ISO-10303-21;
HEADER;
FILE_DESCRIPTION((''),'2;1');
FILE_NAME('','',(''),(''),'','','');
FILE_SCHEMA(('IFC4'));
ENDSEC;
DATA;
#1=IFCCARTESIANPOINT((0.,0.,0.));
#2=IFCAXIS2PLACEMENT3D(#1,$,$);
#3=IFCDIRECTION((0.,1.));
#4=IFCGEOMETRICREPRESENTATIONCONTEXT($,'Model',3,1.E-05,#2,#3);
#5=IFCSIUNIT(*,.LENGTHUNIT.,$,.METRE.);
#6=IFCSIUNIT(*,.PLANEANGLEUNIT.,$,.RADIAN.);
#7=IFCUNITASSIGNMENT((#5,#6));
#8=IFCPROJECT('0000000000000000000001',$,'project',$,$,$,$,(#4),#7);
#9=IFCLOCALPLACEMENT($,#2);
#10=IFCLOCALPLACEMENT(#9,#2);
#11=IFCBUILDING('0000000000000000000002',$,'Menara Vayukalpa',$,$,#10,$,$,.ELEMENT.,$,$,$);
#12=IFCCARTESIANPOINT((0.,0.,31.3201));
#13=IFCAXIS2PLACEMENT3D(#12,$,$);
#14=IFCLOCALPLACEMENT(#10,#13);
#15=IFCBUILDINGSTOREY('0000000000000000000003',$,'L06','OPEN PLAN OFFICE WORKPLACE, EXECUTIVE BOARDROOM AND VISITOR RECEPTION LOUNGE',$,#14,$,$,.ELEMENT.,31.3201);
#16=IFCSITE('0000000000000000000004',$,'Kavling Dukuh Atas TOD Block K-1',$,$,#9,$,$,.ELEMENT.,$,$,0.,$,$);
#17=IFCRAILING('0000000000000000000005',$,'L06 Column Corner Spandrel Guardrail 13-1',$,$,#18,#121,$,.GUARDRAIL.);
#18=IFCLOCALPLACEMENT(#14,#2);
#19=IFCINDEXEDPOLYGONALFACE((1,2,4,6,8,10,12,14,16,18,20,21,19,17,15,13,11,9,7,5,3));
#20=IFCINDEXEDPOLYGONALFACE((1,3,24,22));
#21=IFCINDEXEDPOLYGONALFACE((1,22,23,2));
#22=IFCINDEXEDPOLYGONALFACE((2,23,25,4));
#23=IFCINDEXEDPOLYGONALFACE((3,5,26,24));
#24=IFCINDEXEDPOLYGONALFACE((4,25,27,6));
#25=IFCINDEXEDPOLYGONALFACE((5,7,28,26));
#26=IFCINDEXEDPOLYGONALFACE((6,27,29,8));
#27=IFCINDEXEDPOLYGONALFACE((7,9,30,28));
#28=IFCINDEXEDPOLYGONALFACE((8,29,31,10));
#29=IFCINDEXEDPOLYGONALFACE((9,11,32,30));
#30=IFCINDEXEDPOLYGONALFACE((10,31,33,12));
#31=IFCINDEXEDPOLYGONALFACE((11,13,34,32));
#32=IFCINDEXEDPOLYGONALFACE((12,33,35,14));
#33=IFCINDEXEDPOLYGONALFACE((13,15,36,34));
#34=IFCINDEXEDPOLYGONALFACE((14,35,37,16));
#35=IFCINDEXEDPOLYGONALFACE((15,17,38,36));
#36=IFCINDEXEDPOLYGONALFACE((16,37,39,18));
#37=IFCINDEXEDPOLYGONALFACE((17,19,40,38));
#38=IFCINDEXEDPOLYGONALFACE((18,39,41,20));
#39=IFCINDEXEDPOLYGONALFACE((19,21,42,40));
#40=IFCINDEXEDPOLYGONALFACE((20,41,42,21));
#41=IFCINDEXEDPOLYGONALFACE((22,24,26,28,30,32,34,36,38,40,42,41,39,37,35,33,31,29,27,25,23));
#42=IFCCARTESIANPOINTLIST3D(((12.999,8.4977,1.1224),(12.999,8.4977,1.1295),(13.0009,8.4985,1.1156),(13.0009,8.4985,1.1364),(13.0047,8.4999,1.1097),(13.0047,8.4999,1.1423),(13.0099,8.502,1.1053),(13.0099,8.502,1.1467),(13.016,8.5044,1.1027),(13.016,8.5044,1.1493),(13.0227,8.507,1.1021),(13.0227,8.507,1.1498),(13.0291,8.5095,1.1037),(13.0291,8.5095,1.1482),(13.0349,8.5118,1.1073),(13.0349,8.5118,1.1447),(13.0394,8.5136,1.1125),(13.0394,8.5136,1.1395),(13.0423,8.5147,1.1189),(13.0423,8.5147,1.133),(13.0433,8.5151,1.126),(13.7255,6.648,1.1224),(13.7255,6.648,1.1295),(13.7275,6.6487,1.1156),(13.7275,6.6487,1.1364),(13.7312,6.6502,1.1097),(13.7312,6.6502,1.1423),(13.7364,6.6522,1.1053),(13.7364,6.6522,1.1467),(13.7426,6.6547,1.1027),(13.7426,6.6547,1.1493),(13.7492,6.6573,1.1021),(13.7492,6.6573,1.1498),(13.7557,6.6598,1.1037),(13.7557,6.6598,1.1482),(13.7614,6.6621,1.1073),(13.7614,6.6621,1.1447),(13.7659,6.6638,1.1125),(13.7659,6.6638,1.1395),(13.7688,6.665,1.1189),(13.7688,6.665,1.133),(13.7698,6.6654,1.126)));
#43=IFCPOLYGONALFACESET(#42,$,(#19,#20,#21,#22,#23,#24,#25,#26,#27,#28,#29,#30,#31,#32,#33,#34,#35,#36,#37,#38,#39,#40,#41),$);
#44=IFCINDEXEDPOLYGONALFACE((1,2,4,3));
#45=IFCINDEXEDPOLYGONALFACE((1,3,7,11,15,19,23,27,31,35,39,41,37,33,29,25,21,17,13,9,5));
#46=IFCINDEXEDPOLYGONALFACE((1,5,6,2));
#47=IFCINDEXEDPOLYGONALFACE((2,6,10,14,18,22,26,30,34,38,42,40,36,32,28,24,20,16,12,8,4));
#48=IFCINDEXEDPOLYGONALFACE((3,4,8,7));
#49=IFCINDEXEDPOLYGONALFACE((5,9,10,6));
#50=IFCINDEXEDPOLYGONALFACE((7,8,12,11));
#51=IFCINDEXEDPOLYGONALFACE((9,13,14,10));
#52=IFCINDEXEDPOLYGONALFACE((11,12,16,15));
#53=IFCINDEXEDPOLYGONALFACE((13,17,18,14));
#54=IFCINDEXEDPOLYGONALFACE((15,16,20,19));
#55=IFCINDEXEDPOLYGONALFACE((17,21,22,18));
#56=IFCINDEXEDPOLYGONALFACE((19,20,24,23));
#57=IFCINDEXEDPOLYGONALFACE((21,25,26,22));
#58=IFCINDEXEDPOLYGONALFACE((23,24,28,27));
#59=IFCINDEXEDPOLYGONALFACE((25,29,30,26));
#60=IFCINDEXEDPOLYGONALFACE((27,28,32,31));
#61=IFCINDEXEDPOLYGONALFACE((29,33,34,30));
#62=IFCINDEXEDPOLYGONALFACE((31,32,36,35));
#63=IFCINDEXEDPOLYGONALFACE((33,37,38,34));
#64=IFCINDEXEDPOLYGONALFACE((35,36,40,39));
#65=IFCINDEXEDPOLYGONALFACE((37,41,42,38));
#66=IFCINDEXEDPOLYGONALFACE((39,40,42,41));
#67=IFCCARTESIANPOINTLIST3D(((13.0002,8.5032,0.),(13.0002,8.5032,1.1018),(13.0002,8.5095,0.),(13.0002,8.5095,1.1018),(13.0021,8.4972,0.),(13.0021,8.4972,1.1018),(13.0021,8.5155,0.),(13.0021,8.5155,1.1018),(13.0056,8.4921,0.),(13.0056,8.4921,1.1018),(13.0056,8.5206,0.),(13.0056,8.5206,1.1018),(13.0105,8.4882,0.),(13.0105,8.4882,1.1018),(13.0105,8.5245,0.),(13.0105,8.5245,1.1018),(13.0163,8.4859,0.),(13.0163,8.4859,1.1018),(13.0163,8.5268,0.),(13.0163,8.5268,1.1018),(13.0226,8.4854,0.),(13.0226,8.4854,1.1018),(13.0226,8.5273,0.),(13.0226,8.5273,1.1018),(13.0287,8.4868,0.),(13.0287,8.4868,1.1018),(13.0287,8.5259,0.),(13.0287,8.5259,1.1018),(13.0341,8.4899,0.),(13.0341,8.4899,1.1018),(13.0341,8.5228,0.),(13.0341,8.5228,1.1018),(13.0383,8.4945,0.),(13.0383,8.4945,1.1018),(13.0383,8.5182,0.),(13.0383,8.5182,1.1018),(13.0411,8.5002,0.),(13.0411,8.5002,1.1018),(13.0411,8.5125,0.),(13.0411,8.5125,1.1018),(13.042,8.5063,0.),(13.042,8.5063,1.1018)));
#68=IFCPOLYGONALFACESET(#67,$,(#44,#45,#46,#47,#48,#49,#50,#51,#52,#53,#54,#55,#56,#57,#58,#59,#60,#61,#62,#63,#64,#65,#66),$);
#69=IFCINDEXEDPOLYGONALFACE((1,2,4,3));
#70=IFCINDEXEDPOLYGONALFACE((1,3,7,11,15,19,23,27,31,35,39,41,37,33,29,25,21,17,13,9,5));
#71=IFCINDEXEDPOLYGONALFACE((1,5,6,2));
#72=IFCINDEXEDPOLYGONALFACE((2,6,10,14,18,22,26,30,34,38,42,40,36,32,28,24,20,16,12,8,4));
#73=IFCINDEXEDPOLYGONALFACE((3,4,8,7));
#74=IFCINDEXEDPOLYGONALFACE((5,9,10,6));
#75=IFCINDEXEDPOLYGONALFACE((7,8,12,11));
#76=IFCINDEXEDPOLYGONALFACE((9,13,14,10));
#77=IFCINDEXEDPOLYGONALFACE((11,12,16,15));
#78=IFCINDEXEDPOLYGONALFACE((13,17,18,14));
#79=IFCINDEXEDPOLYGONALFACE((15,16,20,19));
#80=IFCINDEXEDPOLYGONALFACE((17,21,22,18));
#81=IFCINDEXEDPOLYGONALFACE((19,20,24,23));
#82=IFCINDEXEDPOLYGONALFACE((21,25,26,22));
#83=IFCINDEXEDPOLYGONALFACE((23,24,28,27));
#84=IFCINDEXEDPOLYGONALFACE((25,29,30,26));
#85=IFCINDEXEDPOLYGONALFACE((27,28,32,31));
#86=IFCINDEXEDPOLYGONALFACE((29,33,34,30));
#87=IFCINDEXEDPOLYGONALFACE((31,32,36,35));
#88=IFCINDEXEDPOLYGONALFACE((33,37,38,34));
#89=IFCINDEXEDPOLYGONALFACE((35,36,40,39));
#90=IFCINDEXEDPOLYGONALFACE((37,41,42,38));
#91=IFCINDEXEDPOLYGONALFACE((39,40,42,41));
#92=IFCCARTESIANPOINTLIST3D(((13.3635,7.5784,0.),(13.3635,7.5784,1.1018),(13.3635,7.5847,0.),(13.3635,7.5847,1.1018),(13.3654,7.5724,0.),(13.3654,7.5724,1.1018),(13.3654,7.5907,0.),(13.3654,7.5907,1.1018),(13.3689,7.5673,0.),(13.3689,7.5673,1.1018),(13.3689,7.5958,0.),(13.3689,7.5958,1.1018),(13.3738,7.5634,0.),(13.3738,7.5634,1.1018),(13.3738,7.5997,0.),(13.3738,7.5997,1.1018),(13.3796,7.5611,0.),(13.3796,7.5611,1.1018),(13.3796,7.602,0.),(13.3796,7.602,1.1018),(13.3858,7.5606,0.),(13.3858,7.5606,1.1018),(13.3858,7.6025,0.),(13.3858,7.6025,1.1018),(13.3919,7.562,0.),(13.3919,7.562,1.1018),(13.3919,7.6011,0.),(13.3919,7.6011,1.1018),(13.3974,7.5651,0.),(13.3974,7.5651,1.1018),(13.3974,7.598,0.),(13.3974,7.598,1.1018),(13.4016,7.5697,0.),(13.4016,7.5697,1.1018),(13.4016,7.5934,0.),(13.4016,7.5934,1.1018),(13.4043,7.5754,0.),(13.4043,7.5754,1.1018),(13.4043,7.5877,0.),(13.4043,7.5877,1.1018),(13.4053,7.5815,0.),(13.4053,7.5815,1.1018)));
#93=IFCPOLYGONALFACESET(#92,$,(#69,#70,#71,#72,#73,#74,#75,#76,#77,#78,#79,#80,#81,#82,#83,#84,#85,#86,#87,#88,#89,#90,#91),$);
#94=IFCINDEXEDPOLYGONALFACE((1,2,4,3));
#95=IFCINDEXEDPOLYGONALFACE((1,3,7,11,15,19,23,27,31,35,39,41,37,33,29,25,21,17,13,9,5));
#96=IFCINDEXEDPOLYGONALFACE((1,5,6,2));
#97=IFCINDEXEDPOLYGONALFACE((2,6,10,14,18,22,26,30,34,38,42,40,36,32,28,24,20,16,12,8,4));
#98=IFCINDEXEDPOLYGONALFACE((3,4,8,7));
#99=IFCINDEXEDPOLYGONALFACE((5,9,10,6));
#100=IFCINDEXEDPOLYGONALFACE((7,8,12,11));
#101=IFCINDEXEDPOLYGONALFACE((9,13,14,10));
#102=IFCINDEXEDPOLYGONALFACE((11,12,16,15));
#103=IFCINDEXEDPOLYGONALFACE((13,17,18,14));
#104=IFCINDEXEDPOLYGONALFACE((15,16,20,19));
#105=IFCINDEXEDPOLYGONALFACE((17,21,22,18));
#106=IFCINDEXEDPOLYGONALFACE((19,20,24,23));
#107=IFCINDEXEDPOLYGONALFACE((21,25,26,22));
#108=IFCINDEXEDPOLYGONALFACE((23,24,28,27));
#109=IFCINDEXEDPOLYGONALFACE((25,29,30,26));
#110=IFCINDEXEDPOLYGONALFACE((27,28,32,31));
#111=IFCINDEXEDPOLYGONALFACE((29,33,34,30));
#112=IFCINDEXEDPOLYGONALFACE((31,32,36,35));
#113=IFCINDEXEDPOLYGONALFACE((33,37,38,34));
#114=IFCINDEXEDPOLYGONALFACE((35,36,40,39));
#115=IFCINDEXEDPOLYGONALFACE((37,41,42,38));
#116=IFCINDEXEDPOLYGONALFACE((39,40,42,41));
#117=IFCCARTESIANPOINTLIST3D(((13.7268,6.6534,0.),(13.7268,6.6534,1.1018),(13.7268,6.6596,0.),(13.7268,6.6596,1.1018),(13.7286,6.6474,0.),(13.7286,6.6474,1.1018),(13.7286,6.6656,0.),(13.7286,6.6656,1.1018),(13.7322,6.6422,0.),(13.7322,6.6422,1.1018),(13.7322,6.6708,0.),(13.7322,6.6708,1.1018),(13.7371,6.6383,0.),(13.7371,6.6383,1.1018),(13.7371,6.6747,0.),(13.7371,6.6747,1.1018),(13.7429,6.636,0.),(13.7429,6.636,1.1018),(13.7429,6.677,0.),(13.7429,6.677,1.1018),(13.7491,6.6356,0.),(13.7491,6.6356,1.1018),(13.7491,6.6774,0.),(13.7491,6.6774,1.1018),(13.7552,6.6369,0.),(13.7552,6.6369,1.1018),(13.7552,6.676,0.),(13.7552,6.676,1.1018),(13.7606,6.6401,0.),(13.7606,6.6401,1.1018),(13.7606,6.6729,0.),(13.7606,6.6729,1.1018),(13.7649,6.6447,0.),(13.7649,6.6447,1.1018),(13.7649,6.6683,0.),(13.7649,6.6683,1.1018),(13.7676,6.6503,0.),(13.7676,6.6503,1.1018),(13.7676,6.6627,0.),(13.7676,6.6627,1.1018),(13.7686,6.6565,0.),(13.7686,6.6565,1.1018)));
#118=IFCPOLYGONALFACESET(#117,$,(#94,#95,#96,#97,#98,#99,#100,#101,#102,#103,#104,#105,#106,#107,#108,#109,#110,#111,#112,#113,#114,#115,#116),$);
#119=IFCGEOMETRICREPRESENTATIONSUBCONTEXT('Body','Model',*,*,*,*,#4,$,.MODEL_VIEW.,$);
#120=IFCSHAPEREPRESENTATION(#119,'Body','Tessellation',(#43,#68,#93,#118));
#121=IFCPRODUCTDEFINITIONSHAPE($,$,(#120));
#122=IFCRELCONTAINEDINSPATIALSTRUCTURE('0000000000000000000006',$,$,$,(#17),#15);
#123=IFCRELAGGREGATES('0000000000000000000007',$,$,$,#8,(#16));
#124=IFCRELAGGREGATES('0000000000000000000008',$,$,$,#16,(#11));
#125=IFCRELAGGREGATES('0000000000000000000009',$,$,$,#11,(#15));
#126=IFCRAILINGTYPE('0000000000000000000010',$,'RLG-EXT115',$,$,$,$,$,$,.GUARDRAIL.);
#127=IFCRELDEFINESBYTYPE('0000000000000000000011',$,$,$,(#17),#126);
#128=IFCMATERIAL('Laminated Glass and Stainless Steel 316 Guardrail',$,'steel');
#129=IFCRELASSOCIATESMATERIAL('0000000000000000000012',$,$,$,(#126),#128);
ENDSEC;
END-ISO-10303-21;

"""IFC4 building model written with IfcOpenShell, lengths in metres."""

from ifc_helpers import new_model, si_unit, direction, frame, origin, origin_2d, place, context, subcontext, project, spatial, circle, extrude, material, type_object, element, save


model = new_model("IFC4")

# Units and contexts
model_context = context("Model", 3, precision=1e-05, world=origin(), true_north=direction((0.0, 1.0)))
body_context = subcontext(model_context, "Body", "Model", "MODEL_VIEW")
ifc_project = project(units=[si_unit("LENGTHUNIT", "METRE"), si_unit("PLANEANGLEUNIT", "RADIAN")], contexts=[model_context])

# Site, building, storey
site_placement = place(None, origin())
site = spatial("IfcSite", under=ifc_project, at=site_placement, Name="Kavling Dukuh Atas TOD Block K-1", CompositionType="ELEMENT", RefElevation=0.0)
building_placement = place(site_placement, origin())
building = spatial("IfcBuilding", under=site, at=building_placement, Name="Menara Vayukalpa", CompositionType="ELEMENT")
storey_placement = place(building_placement, frame((0.0, 0.0, 31.3201)))
storey = spatial("IfcBuildingStorey", under=building, at=storey_placement, Name="L06", Description="OPEN PLAN OFFICE WORKPLACE, EXECUTIVE BOARDROOM AND VISITOR RECEPTION LOUNGE", CompositionType="ELEMENT", Elevation=31.3201)

# Railing
ifc_material_1 = material(Name="Laminated Glass and Stainless Steel 316 Guardrail", Category="steel")
railing_type = type_object("IfcRailingType", Name="RLG-EXT115", PredefinedType="GUARDRAIL", material=ifc_material_1)
railing_1_placement = place(storey_placement, frame((13.021, 8.5063, 0.0)))
element("IfcRailing", 1, at=railing_1_placement, inside=storey, type_object=railing_type, Name="L06 Column Corner Spandrel Guardrail 13-1", PredefinedType="GUARDRAIL", context=body_context, shape_type="SweptSolid", body=[
    extrude(circle(Radius=0.0239, at=origin_2d()), frame((0.0, 0.0, 1.126), z_axis=(0.36558, -0.93078, 0.0), x_axis=(0.93078, 0.36558, 0.0)), (0.0, 0.0, 1.0), 1.9873),
    extrude(circle(Radius=0.021, at=origin_2d()), origin(), (0.0, 0.0, 1.0), 1.1018),
    extrude(circle(Radius=0.021, at=origin_2d()), frame((0.3633, -0.9248, 0.0)), (0.0, 0.0, 1.0), 1.1018),
    extrude(circle(Radius=0.021, at=origin_2d()), frame((0.7266, -1.8499, 0.0)), (0.0, 0.0, 1.0), 1.1018),
])

save(model, "model.ifc")
